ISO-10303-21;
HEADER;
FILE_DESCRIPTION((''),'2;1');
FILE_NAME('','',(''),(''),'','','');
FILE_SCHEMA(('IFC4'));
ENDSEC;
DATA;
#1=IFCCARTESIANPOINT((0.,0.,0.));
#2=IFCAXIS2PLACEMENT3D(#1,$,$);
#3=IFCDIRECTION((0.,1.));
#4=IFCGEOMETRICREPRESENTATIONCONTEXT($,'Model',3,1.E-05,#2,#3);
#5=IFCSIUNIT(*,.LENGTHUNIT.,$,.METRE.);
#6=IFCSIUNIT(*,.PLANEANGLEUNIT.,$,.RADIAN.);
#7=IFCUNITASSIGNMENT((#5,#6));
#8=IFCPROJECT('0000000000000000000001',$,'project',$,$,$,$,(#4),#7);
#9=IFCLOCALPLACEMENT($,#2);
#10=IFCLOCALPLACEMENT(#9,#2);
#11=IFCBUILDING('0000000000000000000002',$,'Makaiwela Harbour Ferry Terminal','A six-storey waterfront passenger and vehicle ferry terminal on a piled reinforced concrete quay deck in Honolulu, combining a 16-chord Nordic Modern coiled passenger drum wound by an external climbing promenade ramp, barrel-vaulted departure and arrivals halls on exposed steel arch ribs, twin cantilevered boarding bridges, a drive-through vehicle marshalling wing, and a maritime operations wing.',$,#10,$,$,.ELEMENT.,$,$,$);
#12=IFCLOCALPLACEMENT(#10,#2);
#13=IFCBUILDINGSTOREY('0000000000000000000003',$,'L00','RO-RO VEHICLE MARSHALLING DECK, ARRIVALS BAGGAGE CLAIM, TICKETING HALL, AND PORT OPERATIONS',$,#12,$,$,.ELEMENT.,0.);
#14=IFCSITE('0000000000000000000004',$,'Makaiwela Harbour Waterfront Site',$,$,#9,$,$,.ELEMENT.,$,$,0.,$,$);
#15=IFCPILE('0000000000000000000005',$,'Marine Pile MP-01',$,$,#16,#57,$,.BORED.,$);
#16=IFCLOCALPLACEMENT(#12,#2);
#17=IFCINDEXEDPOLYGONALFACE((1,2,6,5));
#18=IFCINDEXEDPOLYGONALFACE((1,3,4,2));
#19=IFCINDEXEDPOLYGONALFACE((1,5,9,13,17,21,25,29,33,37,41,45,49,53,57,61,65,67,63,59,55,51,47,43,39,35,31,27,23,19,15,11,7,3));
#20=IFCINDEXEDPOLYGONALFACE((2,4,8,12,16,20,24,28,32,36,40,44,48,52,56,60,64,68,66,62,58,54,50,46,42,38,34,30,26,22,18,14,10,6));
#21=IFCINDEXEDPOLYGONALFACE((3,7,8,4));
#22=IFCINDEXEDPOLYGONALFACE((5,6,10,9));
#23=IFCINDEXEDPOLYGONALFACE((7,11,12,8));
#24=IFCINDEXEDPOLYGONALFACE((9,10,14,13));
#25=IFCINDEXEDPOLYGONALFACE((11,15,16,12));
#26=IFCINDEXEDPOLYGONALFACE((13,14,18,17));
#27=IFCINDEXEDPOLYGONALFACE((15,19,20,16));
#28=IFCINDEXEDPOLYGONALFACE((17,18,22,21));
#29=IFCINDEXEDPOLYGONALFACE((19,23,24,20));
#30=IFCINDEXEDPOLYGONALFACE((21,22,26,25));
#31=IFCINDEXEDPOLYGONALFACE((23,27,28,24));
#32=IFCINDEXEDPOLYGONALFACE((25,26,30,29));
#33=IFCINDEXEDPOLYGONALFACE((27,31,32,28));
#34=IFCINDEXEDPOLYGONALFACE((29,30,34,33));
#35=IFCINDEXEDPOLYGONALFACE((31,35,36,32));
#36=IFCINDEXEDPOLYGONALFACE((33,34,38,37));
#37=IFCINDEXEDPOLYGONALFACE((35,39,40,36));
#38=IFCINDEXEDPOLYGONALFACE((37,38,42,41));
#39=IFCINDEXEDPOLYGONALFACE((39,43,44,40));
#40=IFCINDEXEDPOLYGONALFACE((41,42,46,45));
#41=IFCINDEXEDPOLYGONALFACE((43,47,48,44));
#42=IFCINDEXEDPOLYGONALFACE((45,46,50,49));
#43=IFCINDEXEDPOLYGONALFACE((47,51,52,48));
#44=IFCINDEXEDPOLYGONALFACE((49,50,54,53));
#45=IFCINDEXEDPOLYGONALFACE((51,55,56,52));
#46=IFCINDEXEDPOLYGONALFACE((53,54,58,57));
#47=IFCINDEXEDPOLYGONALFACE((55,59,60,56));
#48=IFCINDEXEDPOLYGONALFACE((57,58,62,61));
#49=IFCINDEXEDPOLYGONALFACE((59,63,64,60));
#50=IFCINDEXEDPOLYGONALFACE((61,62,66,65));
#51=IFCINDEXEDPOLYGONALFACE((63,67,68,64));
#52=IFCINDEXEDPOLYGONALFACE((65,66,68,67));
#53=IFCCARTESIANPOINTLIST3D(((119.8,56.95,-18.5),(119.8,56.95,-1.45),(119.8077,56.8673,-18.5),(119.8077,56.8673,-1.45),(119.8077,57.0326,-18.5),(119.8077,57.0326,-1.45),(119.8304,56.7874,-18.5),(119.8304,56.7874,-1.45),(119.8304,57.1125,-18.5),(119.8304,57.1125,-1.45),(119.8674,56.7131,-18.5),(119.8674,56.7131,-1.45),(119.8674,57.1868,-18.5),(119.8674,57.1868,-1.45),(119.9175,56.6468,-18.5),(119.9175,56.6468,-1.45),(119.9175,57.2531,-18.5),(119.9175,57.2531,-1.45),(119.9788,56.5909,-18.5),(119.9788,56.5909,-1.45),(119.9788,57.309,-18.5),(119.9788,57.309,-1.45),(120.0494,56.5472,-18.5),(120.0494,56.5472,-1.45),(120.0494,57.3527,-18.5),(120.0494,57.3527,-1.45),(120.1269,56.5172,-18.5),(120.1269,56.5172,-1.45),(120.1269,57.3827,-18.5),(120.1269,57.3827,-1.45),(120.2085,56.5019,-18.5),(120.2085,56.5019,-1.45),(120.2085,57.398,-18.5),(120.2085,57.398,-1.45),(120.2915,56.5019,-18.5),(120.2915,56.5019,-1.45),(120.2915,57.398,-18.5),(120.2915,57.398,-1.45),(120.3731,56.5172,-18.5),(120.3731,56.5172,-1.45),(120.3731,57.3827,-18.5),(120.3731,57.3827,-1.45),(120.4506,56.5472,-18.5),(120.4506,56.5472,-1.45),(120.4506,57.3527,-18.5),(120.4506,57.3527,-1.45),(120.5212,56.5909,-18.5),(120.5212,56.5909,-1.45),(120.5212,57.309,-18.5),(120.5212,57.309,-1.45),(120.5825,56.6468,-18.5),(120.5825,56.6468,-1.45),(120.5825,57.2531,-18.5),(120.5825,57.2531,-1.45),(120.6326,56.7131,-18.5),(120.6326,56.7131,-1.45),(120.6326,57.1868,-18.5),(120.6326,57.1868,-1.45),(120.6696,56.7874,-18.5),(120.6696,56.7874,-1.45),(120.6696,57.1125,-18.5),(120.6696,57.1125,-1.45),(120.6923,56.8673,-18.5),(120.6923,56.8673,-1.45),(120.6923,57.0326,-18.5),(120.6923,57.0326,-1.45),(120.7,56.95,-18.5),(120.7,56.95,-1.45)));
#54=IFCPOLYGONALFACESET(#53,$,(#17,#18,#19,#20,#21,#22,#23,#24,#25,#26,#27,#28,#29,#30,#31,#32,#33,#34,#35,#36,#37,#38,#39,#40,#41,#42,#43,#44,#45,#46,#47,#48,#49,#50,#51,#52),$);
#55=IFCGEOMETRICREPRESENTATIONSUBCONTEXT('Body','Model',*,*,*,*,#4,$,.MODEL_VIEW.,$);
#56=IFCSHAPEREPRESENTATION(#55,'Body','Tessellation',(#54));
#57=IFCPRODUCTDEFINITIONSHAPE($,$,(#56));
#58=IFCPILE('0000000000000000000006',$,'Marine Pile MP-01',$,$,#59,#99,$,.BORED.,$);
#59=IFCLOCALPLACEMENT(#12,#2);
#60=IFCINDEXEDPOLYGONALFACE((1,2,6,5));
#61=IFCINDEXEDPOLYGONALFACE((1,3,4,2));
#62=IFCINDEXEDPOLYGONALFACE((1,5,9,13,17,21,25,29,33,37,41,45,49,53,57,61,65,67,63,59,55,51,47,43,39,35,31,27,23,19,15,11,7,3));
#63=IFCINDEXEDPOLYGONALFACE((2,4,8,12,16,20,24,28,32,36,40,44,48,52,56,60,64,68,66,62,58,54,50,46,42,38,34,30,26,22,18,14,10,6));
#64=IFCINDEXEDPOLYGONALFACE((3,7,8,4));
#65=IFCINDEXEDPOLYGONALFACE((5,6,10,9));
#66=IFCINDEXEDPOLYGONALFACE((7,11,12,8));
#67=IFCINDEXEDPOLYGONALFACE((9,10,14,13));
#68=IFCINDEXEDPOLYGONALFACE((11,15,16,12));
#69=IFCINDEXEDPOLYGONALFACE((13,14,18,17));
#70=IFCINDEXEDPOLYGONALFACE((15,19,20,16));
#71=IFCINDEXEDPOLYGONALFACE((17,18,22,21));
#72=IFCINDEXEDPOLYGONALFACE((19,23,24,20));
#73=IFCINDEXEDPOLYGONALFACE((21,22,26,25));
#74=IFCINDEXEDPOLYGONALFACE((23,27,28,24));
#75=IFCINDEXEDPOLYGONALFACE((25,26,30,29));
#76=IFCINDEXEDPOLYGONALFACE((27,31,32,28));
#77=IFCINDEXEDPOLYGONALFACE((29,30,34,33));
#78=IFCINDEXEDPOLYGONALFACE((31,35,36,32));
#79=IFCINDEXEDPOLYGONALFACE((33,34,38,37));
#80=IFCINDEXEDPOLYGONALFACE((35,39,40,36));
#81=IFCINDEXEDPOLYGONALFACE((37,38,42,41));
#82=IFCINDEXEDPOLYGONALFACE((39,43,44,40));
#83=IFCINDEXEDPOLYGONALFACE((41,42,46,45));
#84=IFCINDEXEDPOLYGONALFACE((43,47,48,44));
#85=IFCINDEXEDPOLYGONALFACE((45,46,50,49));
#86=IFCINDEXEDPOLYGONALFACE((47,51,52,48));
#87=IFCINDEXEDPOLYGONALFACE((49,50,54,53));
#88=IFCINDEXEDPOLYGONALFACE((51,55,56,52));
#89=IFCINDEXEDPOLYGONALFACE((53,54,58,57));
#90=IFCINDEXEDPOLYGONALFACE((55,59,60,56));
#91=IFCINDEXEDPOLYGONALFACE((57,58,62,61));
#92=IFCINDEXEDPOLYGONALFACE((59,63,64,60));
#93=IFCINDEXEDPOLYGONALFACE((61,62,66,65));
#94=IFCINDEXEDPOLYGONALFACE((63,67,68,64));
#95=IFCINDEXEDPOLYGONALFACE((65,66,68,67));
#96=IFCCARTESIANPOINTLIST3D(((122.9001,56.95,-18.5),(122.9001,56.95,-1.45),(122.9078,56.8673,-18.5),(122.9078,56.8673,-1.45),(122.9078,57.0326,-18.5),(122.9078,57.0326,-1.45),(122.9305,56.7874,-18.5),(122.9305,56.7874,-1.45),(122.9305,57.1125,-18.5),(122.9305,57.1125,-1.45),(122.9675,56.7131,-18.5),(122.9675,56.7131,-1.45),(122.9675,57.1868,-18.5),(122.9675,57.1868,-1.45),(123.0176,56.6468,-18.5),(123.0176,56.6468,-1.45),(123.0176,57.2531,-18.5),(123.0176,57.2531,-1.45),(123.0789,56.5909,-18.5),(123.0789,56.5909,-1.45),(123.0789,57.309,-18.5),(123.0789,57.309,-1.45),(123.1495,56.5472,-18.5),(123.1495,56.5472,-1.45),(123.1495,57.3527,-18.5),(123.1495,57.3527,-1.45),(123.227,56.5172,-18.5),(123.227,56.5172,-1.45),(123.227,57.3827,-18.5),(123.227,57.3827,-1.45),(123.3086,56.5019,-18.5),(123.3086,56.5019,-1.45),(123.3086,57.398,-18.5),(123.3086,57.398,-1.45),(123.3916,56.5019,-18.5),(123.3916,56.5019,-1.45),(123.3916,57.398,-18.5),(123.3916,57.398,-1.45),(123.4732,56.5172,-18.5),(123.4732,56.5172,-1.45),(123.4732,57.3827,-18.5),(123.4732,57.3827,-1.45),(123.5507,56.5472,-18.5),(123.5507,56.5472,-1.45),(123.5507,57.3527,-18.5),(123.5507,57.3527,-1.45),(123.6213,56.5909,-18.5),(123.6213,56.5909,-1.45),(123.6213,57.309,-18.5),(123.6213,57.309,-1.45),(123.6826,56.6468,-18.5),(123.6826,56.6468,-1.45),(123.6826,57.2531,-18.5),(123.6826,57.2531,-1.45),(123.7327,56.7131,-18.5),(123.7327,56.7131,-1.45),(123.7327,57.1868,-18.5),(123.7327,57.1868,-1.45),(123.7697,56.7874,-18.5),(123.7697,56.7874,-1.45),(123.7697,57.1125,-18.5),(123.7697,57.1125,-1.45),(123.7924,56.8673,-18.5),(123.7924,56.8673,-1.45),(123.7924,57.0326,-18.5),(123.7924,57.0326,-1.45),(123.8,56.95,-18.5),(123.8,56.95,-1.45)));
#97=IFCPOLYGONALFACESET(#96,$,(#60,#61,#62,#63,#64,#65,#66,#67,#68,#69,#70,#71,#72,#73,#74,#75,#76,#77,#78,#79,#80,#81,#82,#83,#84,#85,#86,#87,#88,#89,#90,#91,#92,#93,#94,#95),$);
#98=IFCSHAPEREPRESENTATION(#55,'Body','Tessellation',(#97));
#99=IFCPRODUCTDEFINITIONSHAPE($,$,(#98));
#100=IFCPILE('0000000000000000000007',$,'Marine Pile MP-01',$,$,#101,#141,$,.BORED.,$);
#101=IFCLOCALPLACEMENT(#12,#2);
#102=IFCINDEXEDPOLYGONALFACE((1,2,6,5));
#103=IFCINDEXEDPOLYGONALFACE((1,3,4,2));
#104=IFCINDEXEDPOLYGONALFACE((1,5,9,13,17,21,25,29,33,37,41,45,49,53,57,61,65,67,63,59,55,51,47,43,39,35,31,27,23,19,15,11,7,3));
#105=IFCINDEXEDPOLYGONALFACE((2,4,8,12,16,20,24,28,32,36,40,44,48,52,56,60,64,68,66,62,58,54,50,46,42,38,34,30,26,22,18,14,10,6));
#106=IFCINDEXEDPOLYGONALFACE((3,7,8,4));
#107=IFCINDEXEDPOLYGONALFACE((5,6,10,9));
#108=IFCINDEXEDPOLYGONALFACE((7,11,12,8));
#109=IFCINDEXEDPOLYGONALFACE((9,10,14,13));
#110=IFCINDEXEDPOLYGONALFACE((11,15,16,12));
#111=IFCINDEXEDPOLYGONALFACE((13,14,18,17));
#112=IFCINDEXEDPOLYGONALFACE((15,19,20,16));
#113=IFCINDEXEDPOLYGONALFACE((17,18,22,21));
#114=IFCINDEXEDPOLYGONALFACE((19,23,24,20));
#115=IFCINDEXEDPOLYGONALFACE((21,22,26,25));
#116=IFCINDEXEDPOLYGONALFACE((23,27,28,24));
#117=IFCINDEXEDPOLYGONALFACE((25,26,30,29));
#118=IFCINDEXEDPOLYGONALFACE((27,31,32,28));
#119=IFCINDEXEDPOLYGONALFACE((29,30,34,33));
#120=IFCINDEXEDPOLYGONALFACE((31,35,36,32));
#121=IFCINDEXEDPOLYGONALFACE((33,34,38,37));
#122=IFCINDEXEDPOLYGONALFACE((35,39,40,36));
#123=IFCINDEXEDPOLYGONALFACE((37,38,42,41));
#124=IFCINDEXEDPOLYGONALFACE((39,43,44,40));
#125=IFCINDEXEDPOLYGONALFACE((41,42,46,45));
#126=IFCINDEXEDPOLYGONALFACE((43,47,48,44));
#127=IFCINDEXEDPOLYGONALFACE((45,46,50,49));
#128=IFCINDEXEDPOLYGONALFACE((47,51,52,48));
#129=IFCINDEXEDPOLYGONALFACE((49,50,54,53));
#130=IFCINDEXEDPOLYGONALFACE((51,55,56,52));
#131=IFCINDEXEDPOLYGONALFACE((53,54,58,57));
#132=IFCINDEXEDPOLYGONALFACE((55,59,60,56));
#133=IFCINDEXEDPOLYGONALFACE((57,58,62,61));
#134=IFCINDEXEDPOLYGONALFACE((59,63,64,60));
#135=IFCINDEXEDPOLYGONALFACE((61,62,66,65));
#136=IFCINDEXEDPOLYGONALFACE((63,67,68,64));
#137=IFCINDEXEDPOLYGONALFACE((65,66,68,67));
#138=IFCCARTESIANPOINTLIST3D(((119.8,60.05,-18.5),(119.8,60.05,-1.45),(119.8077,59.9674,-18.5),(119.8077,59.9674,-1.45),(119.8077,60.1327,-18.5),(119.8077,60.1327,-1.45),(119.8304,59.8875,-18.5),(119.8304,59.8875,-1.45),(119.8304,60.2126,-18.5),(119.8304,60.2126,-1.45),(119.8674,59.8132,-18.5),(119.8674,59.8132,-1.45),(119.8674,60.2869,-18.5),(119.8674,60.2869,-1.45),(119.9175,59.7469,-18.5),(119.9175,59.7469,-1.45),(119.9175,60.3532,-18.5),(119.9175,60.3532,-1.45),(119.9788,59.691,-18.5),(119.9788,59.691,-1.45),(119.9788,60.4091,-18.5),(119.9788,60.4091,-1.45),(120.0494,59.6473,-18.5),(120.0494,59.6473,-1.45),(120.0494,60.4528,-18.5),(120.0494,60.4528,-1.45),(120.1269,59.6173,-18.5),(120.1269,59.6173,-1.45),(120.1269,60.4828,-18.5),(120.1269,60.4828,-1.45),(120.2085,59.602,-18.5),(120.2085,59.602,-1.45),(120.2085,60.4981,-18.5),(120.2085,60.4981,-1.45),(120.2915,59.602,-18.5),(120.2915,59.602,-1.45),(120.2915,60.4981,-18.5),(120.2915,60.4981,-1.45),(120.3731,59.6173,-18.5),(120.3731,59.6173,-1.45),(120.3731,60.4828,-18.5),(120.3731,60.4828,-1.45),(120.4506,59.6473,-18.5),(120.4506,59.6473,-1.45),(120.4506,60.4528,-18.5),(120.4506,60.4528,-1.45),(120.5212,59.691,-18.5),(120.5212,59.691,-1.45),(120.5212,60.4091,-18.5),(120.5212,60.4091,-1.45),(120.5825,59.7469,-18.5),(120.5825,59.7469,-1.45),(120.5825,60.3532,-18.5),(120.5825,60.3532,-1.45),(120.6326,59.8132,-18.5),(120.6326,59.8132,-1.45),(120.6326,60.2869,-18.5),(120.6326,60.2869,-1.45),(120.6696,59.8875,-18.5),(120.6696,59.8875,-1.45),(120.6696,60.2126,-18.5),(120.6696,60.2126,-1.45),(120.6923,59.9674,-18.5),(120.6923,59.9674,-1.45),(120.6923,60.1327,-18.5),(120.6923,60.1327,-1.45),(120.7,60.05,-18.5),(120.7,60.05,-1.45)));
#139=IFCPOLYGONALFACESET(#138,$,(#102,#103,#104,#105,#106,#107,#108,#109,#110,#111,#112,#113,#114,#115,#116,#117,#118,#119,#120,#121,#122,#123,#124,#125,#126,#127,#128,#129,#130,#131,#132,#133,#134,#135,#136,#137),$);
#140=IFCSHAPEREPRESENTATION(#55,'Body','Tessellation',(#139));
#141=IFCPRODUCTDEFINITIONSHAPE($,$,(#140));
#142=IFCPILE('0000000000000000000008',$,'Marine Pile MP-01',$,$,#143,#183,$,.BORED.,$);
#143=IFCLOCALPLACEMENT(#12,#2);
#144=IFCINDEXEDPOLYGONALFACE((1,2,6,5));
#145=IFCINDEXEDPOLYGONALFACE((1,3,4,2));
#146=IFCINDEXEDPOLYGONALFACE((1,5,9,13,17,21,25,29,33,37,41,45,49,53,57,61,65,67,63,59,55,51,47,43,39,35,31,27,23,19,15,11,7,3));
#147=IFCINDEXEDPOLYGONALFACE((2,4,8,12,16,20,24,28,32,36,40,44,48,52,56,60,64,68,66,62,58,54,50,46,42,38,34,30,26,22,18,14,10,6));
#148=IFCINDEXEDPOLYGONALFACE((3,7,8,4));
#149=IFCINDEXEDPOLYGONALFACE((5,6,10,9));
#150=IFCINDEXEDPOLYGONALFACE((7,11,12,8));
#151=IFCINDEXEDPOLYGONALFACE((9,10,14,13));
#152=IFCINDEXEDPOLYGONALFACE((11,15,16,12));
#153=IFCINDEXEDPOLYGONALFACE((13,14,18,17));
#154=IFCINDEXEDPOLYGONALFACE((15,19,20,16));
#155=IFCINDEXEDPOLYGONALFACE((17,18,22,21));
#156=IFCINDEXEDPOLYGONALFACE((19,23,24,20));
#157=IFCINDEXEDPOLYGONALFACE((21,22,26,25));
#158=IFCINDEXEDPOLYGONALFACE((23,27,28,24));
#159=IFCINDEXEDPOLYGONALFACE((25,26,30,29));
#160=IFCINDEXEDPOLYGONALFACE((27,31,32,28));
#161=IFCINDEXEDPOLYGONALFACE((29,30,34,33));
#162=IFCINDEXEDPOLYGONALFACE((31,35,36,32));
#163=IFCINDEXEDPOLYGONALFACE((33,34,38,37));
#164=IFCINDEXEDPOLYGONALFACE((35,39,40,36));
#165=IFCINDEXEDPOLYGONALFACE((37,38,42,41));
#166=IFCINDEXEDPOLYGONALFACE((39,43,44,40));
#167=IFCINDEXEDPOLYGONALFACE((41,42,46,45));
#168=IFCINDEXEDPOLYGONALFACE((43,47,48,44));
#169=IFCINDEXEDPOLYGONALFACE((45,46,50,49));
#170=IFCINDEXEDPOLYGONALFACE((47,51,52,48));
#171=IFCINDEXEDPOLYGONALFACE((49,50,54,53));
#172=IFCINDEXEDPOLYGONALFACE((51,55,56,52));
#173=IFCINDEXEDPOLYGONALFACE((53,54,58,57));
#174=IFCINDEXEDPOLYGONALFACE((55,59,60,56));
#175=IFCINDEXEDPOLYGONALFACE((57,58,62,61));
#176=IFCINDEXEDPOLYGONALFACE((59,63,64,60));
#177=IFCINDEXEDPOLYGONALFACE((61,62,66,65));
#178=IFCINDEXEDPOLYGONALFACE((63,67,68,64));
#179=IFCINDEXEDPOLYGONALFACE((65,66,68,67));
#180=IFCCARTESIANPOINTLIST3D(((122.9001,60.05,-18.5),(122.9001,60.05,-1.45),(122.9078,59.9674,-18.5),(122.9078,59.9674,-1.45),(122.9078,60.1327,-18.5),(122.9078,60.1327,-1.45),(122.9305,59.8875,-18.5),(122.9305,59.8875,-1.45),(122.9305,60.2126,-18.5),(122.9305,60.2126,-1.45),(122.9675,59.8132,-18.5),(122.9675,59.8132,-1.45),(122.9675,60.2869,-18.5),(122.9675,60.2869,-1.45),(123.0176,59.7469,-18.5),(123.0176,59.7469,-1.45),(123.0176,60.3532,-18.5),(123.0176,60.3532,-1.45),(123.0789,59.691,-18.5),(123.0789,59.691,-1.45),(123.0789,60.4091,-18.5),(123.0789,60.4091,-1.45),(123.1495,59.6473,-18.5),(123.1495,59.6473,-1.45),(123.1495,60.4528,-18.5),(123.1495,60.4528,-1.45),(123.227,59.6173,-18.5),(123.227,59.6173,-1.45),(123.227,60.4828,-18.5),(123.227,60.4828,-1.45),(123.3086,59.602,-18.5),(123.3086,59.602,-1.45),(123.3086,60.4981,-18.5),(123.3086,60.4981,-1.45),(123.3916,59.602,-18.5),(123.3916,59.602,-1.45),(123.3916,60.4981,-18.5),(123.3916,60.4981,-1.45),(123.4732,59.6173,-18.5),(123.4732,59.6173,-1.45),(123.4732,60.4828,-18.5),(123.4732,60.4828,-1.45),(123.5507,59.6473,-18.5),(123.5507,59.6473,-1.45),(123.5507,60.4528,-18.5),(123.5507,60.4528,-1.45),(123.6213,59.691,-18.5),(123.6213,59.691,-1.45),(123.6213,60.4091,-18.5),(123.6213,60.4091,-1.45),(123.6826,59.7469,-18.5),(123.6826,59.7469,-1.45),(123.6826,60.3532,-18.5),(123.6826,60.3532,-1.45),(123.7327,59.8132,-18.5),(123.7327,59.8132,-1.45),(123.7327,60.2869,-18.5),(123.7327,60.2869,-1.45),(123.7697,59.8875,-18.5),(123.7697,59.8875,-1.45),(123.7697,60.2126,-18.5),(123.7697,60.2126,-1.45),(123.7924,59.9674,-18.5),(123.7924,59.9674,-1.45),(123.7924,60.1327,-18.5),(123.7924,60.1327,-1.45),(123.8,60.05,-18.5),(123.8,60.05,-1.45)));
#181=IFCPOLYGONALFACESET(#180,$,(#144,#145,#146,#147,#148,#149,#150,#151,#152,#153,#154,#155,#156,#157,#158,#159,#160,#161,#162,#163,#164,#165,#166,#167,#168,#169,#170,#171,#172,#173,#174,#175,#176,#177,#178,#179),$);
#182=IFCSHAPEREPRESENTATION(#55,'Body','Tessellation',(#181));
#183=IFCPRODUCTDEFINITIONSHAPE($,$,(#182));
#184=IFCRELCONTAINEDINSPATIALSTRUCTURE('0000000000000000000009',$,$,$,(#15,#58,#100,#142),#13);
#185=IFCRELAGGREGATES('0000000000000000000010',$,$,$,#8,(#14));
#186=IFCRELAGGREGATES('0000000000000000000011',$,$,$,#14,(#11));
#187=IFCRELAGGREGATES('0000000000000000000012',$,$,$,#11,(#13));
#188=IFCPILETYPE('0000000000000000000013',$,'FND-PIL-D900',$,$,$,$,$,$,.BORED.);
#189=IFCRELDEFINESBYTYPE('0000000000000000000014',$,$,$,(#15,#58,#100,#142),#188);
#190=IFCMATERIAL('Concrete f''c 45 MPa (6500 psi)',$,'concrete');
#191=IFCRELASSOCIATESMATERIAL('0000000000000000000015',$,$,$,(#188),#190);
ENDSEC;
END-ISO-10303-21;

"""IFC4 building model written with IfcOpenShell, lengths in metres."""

from ifc_helpers import new_model, si_unit, direction, frame, origin, origin_2d, place, context, subcontext, project, spatial, circle, extrude, material, material_profile, profile_set, type_object, element, save


model = new_model("IFC4")

# Units and contexts
model_context = context("Model", 3, precision=1e-05, world=origin(), true_north=direction((0.0, 1.0)))
body_context = subcontext(model_context, "Body", "Model", "MODEL_VIEW")
ifc_project = project(units=[si_unit("LENGTHUNIT", "METRE"), si_unit("PLANEANGLEUNIT", "RADIAN")], contexts=[model_context])

# Site, building, storey
site_placement = place(None, origin())
site = spatial("IfcSite", under=ifc_project, at=site_placement, Name="Makaiwela Harbour Waterfront Site", CompositionType="ELEMENT", RefElevation=0.0)
building_placement = place(site_placement, origin())
building = spatial("IfcBuilding", under=site, at=building_placement, Name="Makaiwela Harbour Ferry Terminal", Description="A six-storey waterfront passenger and vehicle ferry terminal on a piled reinforced concrete quay deck in Honolulu, combining a 16-chord Nordic Modern coiled passenger drum wound by an external climbing promenade ramp, barrel-vaulted departure and arrivals halls on exposed steel arch ribs, twin cantilevered boarding bridges, a drive-through vehicle marshalling wing, and a maritime operations wing.", CompositionType="ELEMENT")
storey_placement = place(building_placement, origin())
storey = spatial("IfcBuildingStorey", under=building, at=storey_placement, Name="L00", Description="RO-RO VEHICLE MARSHALLING DECK, ARRIVALS BAGGAGE CLAIM, TICKETING HALL, AND PORT OPERATIONS", CompositionType="ELEMENT", Elevation=0.0)

# Shared definitions
ifc_material_1 = material(Name="Concrete f'c 45 MPa (6500 psi)", Category="concrete")

# Piles
ifc_material_profile_1 = material_profile(ifc_material_1, circle(Radius=0.45, at=origin_2d()), Name="PILE-D900")
ifc_profile_set_1 = profile_set([ifc_material_profile_1], Name="Concrete f'c 45 MPa (6500 psi)")
pile_type = type_object("IfcPileType", Name="FND-PIL-D900", PredefinedType="BORED", material=ifc_profile_set_1)
for number, where, z_axis, x_axis, name in (
    (1, (120.25, 56.95, -1.45), (0.0, 0.0, -1.0), (1.0, 0.0, 0.0), "Marine Pile MP-01"),
    (2, (123.3501, 56.95, -1.45), (0.0, 0.0, -1.0), (1.0, 0.0, 0.0), "Marine Pile MP-01"),
    (3, (120.25, 60.05, -1.45), (0.0, 0.0, -1.0), (1.0, 0.0, 0.0), "Marine Pile MP-01"),
    (4, (123.3501, 60.05, -1.45), (0.0, 0.0, -1.0), (1.0, 0.0, 0.0), "Marine Pile MP-01"),
):
    element("IfcPile", number, at=place(storey_placement, frame(where, z_axis=z_axis, x_axis=x_axis)), inside=storey, type_object=pile_type, Name=name, PredefinedType="BORED", context=body_context, shape_type="SweptSolid", body=[
        extrude(circle(Radius=0.45, at=origin_2d()), origin(), (0.0, 0.0, 1.0), 17.05),
    ])

save(model, "model.ifc")
